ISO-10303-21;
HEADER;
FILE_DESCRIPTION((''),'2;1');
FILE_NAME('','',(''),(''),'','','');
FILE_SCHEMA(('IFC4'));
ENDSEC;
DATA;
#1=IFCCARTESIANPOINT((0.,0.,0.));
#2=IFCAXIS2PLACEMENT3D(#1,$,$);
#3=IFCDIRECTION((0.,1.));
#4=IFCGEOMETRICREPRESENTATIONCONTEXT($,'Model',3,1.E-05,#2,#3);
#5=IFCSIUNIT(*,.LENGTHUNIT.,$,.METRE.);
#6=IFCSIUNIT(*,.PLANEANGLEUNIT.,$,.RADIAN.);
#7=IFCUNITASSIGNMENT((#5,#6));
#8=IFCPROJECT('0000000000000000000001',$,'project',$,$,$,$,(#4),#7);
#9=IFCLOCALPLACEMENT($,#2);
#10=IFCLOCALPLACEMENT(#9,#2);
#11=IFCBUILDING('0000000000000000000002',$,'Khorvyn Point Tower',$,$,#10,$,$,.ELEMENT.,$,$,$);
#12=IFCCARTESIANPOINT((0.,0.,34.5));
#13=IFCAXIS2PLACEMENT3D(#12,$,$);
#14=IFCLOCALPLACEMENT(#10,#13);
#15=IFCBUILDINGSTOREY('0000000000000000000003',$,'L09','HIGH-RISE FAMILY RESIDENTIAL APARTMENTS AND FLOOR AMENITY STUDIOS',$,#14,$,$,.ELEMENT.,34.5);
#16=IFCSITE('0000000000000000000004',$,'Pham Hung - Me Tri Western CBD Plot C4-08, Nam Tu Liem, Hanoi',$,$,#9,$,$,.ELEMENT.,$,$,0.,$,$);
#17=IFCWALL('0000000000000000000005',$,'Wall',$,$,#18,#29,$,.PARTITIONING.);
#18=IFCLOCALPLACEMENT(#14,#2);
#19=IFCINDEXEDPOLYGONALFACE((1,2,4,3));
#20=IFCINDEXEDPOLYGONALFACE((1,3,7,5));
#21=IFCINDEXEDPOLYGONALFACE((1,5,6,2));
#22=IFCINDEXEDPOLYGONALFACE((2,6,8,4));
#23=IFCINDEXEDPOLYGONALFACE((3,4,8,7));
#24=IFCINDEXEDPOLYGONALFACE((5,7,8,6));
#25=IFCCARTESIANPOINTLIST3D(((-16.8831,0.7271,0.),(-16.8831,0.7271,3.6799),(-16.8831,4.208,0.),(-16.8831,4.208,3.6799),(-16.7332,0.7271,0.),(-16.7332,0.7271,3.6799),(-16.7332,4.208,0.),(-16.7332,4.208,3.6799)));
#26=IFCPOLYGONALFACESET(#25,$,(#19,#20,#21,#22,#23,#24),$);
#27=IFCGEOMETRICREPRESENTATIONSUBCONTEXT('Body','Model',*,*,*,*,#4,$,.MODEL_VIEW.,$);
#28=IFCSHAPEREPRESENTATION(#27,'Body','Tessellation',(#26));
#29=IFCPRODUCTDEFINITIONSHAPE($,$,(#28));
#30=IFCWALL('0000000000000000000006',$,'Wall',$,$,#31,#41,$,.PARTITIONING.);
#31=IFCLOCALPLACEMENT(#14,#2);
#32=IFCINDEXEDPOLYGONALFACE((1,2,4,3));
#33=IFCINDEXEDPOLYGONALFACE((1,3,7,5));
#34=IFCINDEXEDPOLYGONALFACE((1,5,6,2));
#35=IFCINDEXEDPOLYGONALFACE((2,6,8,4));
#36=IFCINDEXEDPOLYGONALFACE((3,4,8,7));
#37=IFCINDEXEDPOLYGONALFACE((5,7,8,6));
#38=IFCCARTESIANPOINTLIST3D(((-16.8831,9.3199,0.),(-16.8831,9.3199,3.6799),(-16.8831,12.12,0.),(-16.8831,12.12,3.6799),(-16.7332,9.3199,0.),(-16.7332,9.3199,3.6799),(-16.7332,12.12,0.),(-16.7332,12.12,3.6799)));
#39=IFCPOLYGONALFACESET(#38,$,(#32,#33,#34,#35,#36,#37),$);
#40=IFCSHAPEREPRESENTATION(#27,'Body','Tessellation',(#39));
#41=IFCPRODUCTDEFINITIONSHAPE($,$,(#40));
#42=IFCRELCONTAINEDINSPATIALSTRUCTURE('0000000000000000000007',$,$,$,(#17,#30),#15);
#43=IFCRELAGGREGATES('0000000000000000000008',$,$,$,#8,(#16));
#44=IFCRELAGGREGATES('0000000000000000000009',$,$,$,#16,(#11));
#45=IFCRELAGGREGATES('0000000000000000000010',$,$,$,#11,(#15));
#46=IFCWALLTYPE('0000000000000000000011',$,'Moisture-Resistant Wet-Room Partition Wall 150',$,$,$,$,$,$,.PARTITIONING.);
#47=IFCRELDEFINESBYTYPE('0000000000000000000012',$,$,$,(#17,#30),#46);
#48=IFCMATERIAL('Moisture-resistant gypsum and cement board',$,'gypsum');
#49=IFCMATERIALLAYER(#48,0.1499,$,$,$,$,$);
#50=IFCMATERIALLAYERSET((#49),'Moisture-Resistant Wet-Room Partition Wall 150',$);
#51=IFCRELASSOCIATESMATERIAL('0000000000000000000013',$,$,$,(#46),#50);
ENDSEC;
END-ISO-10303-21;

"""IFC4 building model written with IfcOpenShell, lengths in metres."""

from ifc_helpers import new_model, si_unit, direction, frame, frame_2d, origin, place, context, subcontext, project, spatial, rectangle, extrude, material, layer, layer_set, type_object, element, save


model = new_model("IFC4")

# Units and contexts
model_context = context("Model", 3, precision=1e-05, world=origin(), true_north=direction((0.0, 1.0)))
body_context = subcontext(model_context, "Body", "Model", "MODEL_VIEW")
ifc_project = project(units=[si_unit("LENGTHUNIT", "METRE"), si_unit("PLANEANGLEUNIT", "RADIAN")], contexts=[model_context])

# Site, building, storey
site_placement = place(None, origin())
site = spatial("IfcSite", under=ifc_project, at=site_placement, Name="Pham Hung - Me Tri Western CBD Plot C4-08, Nam Tu Liem, Hanoi", CompositionType="ELEMENT", RefElevation=0.0)
building_placement = place(site_placement, origin())
building = spatial("IfcBuilding", under=site, at=building_placement, Name="Khorvyn Point Tower", CompositionType="ELEMENT")
storey_placement = place(building_placement, frame((0.0, 0.0, 34.5)))
storey = spatial("IfcBuildingStorey", under=building, at=storey_placement, Name="L09", Description="HIGH-RISE FAMILY RESIDENTIAL APARTMENTS AND FLOOR AMENITY STUDIOS", CompositionType="ELEMENT", Elevation=34.5)

# Shared definitions
ifc_material_1 = material(Name="Moisture-resistant gypsum and cement board", Category="gypsum")
ifc_layer_1 = layer(ifc_material_1, 0.1499)
ifc_layer_set_1 = layer_set([ifc_layer_1], Name="Moisture-Resistant Wet-Room Partition Wall 150")
wall_type_1 = type_object("IfcWallType", Name="Moisture-Resistant Wet-Room Partition Wall 150", PredefinedType="PARTITIONING", material=ifc_layer_set_1)

# Walls
wall_1_placement = place(storey_placement, frame((-16.8081, 0.7271, 0.0), z_axis=(0.0, 0.0, 1.0), x_axis=(0.0, 1.0, 0.0)))
element("IfcWall", 1, at=wall_1_placement, inside=storey, type_object=wall_type_1, Name="Wall", PredefinedType="PARTITIONING", context=body_context, shape_type="SweptSolid", body=[
    extrude(rectangle(XDim=3.481, YDim=0.1499, at=frame_2d((1.7405, 0.0))), origin(), (0.0, 0.0, 1.0), 3.6799),
])
wall_2_placement = place(storey_placement, frame((-16.8081, 9.3201, 0.0), z_axis=(0.0, 0.0, 1.0), x_axis=(0.0, 1.0, 0.0)))
element("IfcWall", 2, at=wall_2_placement, inside=storey, type_object=wall_type_1, Name="Wall", PredefinedType="PARTITIONING", context=body_context, shape_type="SweptSolid", body=[
    extrude(rectangle(XDim=2.8, YDim=0.1499, at=frame_2d((1.3999, 0.0))), origin(), (0.0, 0.0, 1.0), 3.6799),
])

save(model, "model.ifc")
